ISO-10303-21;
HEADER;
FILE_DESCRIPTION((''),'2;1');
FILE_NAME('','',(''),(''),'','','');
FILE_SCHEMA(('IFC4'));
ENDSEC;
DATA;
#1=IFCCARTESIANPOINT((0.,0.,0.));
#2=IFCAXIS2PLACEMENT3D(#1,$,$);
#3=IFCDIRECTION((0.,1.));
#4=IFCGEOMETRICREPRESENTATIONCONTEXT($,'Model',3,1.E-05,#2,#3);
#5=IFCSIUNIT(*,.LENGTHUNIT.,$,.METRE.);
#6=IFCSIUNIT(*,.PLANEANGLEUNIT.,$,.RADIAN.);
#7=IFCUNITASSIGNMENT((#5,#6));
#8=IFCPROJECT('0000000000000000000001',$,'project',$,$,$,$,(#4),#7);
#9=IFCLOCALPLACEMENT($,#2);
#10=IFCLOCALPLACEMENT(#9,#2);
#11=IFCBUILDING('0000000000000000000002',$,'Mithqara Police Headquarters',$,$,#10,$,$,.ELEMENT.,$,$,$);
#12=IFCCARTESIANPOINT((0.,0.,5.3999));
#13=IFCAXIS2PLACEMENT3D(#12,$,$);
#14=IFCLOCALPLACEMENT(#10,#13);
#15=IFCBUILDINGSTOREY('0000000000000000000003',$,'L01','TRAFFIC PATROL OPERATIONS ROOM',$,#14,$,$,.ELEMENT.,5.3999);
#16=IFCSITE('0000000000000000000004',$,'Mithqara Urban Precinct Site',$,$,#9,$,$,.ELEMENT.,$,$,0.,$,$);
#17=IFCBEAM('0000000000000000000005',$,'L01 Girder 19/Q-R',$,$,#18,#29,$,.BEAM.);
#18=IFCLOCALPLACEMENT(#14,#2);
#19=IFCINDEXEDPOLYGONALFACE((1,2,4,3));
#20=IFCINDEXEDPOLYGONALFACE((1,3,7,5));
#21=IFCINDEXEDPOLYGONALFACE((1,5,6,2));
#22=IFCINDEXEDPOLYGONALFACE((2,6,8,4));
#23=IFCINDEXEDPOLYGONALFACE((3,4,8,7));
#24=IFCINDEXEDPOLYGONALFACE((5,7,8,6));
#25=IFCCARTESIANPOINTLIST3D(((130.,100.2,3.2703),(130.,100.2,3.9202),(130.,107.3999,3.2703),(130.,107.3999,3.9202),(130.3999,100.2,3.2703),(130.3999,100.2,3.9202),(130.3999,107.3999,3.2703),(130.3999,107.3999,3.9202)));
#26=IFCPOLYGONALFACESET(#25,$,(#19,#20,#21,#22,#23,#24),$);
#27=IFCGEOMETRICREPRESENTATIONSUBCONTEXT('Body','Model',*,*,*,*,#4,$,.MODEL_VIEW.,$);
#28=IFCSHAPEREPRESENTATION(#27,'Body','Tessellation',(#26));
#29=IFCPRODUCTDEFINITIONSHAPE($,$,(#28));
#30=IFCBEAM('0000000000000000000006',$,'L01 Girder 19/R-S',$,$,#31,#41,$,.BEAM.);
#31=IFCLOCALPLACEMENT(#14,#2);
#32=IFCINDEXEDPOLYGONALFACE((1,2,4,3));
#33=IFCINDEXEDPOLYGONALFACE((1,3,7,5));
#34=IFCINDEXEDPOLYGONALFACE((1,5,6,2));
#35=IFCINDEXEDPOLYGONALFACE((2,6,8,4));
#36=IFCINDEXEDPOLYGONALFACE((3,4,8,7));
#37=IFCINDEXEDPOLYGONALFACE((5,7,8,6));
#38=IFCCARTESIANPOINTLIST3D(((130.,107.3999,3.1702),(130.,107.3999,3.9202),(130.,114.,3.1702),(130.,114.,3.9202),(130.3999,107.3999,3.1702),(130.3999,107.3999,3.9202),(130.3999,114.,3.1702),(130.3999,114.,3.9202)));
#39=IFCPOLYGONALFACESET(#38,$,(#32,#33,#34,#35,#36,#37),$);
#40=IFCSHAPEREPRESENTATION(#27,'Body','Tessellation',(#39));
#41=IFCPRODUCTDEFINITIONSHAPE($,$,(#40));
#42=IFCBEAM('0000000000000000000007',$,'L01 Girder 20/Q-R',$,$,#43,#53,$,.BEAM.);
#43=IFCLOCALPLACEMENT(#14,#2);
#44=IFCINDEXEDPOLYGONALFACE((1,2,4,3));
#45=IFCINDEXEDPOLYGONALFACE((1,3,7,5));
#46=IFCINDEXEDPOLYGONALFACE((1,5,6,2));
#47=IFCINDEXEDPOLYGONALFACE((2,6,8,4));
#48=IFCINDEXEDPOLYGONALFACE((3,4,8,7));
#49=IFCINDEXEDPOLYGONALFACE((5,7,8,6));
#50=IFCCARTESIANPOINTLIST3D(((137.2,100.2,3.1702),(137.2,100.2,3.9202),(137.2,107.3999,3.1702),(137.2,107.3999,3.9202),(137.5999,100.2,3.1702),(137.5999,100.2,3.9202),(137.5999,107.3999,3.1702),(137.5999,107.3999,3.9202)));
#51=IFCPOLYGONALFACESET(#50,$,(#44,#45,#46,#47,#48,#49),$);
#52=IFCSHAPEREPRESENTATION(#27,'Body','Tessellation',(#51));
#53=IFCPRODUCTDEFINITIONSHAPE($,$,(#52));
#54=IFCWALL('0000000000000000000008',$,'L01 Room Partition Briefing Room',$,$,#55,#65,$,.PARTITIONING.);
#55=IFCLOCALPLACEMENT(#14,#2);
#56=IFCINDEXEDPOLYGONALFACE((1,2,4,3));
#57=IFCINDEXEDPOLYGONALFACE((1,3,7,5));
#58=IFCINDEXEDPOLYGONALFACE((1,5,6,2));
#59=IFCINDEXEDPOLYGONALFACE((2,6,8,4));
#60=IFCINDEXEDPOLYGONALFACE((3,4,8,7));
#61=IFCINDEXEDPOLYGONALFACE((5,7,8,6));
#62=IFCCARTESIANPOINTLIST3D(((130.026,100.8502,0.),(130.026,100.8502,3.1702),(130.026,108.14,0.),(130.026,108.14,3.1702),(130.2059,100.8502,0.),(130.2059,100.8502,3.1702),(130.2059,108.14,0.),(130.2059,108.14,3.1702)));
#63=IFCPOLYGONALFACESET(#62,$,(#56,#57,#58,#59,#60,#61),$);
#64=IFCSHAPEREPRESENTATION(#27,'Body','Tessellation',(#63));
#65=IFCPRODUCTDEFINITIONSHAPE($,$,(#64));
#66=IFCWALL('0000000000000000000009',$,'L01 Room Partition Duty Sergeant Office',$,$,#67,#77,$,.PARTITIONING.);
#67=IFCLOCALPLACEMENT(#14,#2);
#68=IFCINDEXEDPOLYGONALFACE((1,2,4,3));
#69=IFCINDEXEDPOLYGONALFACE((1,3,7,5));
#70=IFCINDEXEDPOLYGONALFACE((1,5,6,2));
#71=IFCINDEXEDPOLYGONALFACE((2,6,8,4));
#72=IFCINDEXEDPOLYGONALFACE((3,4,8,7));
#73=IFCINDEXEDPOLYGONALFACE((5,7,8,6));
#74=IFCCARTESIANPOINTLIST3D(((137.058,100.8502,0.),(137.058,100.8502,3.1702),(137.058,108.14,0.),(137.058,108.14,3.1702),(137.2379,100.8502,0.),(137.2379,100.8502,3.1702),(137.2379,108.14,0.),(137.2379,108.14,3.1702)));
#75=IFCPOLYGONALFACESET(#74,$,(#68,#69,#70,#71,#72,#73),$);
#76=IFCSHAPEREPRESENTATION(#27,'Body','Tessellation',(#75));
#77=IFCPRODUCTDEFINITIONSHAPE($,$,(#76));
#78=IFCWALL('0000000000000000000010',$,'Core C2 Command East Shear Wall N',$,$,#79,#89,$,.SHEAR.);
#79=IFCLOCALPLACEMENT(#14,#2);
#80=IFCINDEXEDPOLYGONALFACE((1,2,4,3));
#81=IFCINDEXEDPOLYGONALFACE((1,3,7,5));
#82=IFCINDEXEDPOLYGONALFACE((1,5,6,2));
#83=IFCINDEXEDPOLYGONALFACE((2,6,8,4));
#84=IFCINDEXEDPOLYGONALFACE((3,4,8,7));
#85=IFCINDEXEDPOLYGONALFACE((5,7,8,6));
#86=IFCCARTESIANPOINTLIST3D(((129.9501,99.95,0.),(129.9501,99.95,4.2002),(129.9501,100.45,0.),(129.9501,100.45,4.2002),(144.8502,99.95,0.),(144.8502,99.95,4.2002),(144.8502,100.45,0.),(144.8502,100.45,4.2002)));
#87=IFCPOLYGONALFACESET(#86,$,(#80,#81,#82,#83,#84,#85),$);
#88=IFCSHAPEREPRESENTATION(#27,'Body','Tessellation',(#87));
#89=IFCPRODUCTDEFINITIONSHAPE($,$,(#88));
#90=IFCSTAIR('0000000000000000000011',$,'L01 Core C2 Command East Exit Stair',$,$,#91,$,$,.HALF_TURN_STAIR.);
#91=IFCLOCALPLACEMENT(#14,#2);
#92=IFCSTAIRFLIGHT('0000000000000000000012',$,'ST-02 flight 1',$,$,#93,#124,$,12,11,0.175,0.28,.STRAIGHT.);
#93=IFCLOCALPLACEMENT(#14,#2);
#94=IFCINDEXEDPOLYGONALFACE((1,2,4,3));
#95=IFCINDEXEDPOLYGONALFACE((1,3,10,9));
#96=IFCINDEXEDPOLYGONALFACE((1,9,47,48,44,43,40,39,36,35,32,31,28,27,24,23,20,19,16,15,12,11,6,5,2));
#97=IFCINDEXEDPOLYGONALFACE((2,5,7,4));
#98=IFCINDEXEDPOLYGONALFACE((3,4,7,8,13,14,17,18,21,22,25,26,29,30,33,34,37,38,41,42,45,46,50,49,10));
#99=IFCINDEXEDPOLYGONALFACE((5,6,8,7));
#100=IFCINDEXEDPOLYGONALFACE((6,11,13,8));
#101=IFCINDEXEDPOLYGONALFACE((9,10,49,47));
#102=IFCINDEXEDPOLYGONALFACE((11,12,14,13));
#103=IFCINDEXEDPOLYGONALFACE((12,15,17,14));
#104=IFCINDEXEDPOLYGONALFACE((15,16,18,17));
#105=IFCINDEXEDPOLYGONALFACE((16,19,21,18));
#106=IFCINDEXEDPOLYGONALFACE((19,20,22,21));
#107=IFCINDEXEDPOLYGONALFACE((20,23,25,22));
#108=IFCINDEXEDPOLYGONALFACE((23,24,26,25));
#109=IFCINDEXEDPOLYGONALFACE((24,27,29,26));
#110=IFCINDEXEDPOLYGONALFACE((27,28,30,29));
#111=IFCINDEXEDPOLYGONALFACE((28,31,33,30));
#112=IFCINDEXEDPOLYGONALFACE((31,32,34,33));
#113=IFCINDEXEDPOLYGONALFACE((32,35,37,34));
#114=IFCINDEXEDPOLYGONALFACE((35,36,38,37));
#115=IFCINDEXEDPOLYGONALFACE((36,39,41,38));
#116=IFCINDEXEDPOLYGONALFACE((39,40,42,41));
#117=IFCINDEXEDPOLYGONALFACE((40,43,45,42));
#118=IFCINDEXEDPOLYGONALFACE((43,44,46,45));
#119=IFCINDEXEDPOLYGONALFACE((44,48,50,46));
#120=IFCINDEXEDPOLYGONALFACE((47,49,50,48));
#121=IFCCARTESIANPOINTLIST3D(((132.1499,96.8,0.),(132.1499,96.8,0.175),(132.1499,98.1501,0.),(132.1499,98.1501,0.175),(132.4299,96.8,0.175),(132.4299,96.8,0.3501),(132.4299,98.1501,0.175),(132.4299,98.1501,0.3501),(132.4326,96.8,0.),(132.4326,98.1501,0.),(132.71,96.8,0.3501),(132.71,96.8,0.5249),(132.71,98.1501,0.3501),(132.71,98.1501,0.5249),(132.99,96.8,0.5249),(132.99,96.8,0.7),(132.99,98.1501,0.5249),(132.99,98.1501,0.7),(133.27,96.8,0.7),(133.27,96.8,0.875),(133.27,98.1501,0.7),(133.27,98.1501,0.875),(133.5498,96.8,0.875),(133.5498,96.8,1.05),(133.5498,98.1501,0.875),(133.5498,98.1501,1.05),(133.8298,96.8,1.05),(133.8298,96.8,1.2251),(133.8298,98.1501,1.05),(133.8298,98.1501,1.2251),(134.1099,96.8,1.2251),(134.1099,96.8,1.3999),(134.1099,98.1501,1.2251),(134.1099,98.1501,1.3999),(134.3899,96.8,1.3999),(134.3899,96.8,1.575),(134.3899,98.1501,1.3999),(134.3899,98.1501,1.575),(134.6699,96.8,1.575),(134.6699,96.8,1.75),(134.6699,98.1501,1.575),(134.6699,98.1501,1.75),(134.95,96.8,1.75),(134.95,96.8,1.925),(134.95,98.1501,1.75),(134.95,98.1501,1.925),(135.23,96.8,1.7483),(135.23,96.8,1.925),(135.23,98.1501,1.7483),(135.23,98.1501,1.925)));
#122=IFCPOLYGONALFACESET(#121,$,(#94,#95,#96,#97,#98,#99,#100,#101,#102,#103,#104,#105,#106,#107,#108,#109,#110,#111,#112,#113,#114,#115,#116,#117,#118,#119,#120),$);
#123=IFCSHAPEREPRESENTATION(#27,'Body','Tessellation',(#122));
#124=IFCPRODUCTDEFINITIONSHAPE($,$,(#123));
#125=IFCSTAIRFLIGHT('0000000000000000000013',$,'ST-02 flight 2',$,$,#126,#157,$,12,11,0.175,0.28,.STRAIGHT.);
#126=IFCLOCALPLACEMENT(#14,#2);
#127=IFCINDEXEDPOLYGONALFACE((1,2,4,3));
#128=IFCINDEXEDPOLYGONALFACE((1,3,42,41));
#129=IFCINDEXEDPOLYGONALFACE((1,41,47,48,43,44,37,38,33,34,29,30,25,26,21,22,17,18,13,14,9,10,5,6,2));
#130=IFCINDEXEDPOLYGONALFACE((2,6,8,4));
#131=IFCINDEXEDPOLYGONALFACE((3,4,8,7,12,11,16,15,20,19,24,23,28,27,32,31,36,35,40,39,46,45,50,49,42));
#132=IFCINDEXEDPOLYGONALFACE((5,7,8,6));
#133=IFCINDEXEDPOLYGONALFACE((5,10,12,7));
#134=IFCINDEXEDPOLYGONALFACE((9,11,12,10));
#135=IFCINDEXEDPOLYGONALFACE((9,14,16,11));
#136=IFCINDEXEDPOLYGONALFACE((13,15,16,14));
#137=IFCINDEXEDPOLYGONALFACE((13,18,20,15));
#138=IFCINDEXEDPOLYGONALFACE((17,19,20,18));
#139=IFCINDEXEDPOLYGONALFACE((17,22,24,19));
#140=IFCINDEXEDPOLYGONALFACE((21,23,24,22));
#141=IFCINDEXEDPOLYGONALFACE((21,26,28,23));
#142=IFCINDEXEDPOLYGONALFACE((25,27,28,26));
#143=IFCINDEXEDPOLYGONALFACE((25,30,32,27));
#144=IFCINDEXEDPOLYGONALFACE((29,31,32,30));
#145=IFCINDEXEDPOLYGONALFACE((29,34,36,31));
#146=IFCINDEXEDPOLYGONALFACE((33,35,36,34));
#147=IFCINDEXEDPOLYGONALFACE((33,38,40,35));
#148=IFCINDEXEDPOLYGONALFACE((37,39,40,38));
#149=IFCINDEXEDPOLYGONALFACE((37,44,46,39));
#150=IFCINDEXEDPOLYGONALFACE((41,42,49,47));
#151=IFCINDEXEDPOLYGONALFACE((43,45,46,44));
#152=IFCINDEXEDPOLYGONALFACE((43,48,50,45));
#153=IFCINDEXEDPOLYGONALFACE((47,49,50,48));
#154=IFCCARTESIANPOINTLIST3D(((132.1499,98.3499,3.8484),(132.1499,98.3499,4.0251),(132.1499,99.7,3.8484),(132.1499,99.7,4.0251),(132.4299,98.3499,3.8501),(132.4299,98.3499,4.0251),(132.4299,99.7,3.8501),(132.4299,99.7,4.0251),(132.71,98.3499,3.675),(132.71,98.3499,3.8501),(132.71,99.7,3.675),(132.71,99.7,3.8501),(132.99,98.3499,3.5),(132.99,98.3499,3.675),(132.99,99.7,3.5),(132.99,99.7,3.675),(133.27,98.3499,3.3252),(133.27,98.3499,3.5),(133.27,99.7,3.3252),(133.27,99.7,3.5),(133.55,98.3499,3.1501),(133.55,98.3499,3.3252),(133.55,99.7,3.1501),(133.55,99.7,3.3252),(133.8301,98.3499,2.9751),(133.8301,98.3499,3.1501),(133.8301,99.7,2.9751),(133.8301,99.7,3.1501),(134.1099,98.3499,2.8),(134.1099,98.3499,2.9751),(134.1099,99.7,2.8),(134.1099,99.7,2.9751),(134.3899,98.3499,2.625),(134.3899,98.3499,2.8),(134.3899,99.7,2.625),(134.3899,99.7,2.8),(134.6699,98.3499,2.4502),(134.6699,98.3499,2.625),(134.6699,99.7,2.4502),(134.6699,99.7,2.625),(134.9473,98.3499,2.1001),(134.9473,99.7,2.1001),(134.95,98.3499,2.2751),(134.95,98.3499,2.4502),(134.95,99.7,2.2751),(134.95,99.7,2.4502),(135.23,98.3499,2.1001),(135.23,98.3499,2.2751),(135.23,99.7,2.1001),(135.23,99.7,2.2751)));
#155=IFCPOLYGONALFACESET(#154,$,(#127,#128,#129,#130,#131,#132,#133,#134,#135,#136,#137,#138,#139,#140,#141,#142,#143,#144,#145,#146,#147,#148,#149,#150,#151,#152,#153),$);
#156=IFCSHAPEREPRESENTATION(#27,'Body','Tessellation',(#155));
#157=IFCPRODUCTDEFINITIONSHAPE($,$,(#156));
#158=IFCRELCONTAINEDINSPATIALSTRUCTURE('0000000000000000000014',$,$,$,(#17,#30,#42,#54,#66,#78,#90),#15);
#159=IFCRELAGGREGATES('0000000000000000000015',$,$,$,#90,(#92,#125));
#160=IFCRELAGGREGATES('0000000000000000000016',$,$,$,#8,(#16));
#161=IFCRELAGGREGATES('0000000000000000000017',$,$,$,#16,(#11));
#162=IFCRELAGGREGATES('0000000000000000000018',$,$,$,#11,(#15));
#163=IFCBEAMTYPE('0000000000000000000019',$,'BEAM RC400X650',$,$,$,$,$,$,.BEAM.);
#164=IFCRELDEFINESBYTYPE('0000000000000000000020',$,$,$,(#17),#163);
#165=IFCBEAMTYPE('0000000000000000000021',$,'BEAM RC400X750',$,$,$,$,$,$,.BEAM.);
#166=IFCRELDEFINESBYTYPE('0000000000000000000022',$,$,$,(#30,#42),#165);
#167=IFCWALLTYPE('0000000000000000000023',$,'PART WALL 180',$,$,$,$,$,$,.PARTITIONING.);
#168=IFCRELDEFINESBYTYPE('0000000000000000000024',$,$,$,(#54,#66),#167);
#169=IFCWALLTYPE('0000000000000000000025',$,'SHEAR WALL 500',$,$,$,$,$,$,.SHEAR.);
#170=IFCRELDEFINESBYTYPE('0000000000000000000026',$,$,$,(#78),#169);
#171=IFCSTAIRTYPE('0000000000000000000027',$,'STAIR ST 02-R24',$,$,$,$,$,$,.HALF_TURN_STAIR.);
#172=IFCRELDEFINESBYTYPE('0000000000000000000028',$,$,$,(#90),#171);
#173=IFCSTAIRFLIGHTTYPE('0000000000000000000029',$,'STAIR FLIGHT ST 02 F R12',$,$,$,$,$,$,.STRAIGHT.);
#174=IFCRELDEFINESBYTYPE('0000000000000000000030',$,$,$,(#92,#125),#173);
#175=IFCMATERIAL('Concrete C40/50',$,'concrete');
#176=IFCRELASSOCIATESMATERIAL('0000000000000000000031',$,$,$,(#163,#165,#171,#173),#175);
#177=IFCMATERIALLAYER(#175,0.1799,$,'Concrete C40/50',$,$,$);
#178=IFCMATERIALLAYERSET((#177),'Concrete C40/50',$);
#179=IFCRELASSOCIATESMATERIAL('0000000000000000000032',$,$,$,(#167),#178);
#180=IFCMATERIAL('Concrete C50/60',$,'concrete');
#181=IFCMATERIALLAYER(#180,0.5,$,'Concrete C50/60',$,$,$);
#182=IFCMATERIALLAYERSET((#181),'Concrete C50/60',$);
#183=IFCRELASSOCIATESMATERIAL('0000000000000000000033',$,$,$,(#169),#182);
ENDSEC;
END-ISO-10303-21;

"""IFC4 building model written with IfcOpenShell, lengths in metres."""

from ifc_helpers import new_model, si_unit, direction, frame, frame_2d, origin, origin_2d, place, context, subcontext, project, spatial, polyline, rectangle, outline, extrude, material, layer, layer_set, material_profile, profile_set, type_object, element, aggregate, save


model = new_model("IFC4")

# Units and contexts
model_context = context("Model", 3, precision=1e-05, world=origin(), true_north=direction((0.0, 1.0)))
body_context = subcontext(model_context, "Body", "Model", "MODEL_VIEW")
ifc_project = project(units=[si_unit("LENGTHUNIT", "METRE"), si_unit("PLANEANGLEUNIT", "RADIAN")], contexts=[model_context])

# Site, building, storey
site_placement = place(None, origin())
site = spatial("IfcSite", under=ifc_project, at=site_placement, Name="Mithqara Urban Precinct Site", CompositionType="ELEMENT", RefElevation=0.0)
building_placement = place(site_placement, origin())
building = spatial("IfcBuilding", under=site, at=building_placement, Name="Mithqara Police Headquarters", CompositionType="ELEMENT")
storey_placement = place(building_placement, frame((0.0, 0.0, 5.3999)))
storey = spatial("IfcBuildingStorey", under=building, at=storey_placement, Name="L01", Description="TRAFFIC PATROL OPERATIONS ROOM", CompositionType="ELEMENT", Elevation=5.3999)

# Shared definitions
ifc_material_1 = material(Name="Concrete C50/60", Category="concrete")

# Beams
ifc_material_2 = material(Name="Concrete C40/50", Category="concrete")
ifc_material_profile_1 = material_profile(ifc_material_2, rectangle(XDim=0.3999, YDim=0.6499, at=origin_2d()), Name="RC 400x650")
ifc_profile_set_1 = profile_set([ifc_material_profile_1], Name="Concrete C40/50")
beam_type_1 = type_object("IfcBeamType", Name="BEAM RC400X650", PredefinedType="BEAM", material=ifc_profile_set_1)
beam_1_placement = place(storey_placement, frame((130.2, 100.2, 3.5952), z_axis=(0.0, 1.0, 0.0), x_axis=(-1.0, 0.0, 0.0)))
element("IfcBeam", 1, at=beam_1_placement, inside=storey, type_object=beam_type_1, Name="L01 Girder 19/Q-R", PredefinedType="BEAM", context=body_context, shape_type="SweptSolid", body=[
    extrude(rectangle(XDim=0.3999, YDim=0.6499, at=origin_2d()), origin(), (0.0, 0.0, 1.0), 7.2),
])
ifc_material_profile_2 = material_profile(ifc_material_2, rectangle(XDim=0.3999, YDim=0.75, at=origin_2d()), Name="RC 400x750")
ifc_profile_set_2 = profile_set([ifc_material_profile_2], Name="Concrete C40/50")
beam_type_2 = type_object("IfcBeamType", Name="BEAM RC400X750", PredefinedType="BEAM", material=ifc_profile_set_2)
beam_2_placement = place(storey_placement, frame((130.2, 107.3999, 3.5452), z_axis=(0.0, 1.0, 0.0), x_axis=(-1.0, 0.0, 0.0)))
element("IfcBeam", 2, at=beam_2_placement, inside=storey, type_object=beam_type_2, Name="L01 Girder 19/R-S", PredefinedType="BEAM", context=body_context, shape_type="SweptSolid", body=[
    extrude(rectangle(XDim=0.3999, YDim=0.75, at=origin_2d()), origin(), (0.0, 0.0, 1.0), 6.6001),
])
beam_3_placement = place(storey_placement, frame((137.3999, 100.2, 3.5452), z_axis=(0.0, 1.0, 0.0), x_axis=(-1.0, 0.0, 0.0)))
element("IfcBeam", 3, at=beam_3_placement, inside=storey, type_object=beam_type_2, Name="L01 Girder 20/Q-R", PredefinedType="BEAM", context=body_context, shape_type="SweptSolid", body=[
    extrude(rectangle(XDim=0.3999, YDim=0.75, at=origin_2d()), origin(), (0.0, 0.0, 1.0), 7.2),
])

# Walls
ifc_layer_1 = layer(ifc_material_2, 0.1799, Name="Concrete C40/50")
ifc_layer_set_1 = layer_set([ifc_layer_1], Name="Concrete C40/50")
wall_type_1 = type_object("IfcWallType", Name="PART WALL 180", PredefinedType="PARTITIONING", material=ifc_layer_set_1)
for number, where, z_axis, x_axis, name in (
    (4, (130.116, 100.8501, 0.0), (0.0, 0.0, 1.0), (0.0, 1.0, 0.0), "L01 Room Partition Briefing Room"),
    (5, (137.1479, 100.8501, 0.0), (0.0, 0.0, 1.0), (0.0, 1.0, 0.0), "L01 Room Partition Duty Sergeant Office"),
):
    element("IfcWall", number, at=place(storey_placement, frame(where, z_axis=z_axis, x_axis=x_axis)), inside=storey, type_object=wall_type_1, Name=name, PredefinedType="PARTITIONING", context=body_context, shape_type="SweptSolid", body=[
        extrude(rectangle(XDim=7.2898, YDim=0.1799, at=frame_2d((3.645, 0.0))), origin(), (0.0, 0.0, 1.0), 3.1702),
    ])
ifc_layer_2 = layer(ifc_material_1, 0.5, Name="Concrete C50/60")
ifc_layer_set_2 = layer_set([ifc_layer_2], Name="Concrete C50/60")
wall_type_2 = type_object("IfcWallType", Name="SHEAR WALL 500", PredefinedType="SHEAR", material=ifc_layer_set_2)
wall_placement = place(storey_placement, frame((129.95, 100.2, 0.0), z_axis=(0.0, 0.0, 1.0), x_axis=(1.0, 0.0, 0.0)))
element("IfcWall", 6, at=wall_placement, inside=storey, type_object=wall_type_2, Name="Core C2 Command East Shear Wall N", PredefinedType="SHEAR", context=body_context, shape_type="SweptSolid", body=[
    extrude(rectangle(XDim=14.9001, YDim=0.5, at=frame_2d((7.4502, 0.0))), origin(), (0.0, 0.0, 1.0), 4.2002),
])

# Stair, stair flights
stair_type = type_object("IfcStairType", Name="STAIR ST 02-R24", PredefinedType="HALF_TURN_STAIR", material=ifc_material_2)
stair_placement = place(storey_placement, origin())
stair = element("IfcStair", 7, at=stair_placement, inside=storey, type_object=stair_type, Name="L01 Core C2 Command East Exit Stair", PredefinedType="HALF_TURN_STAIR")
stair_flight_type = type_object("IfcStairFlightType", Name="STAIR FLIGHT ST 02 F R12", PredefinedType="STRAIGHT", material=ifc_material_2)
stair_flight_1_placement = place(storey_placement, frame((132.1499, 97.4751, 0.0), z_axis=(0.0, 0.0, 1.0), x_axis=(1.0, 0.0, 0.0)))
stair_flight_1 = element("IfcStairFlight", 8, at=stair_flight_1_placement, type_object=stair_flight_type, Name="ST-02 flight 1", NumberOfRisers=12, NumberOfTreads=11, PredefinedType="STRAIGHT", RiserHeight=0.175, TreadLength=0.28, context=body_context, shape_type="SweptSolid", body=[
    extrude(outline(polyline([(0.0, 0.0), (0.0, 0.175), (0.28, 0.175), (0.28, 0.3501), (0.5601, 0.3501), (0.5601, 0.5249), (0.8401, 0.5249), (0.8401, 0.7), (1.1201, 0.7), (1.1201, 0.875), (1.3999, 0.875), (1.3999, 1.05), (1.6799, 1.05), (1.6799, 1.2251), (1.96, 1.2251), (1.96, 1.3999), (2.24, 1.3999), (2.24, 1.575), (2.52, 1.575), (2.52, 1.75), (2.8, 1.75), (2.8, 1.925), (3.0801, 1.925), (3.0801, 2.1001), (3.0801, 1.7483), (0.2827, 0.0), (0.0, 0.0)])), frame((0.0, 0.675, 0.0), z_axis=(0.0, -1.0, 0.0), x_axis=(1.0, 0.0, 0.0)), (0.0, 0.0, 1.0), 1.3501),
])
stair_flight_2_placement = place(storey_placement, frame((135.23, 99.0249, 2.1001), z_axis=(0.0, 0.0, 1.0), x_axis=(-1.0, 0.0, 0.0)))
stair_flight_2 = element("IfcStairFlight", 9, at=stair_flight_2_placement, type_object=stair_flight_type, Name="ST-02 flight 2", NumberOfRisers=12, NumberOfTreads=11, PredefinedType="STRAIGHT", RiserHeight=0.175, TreadLength=0.28, context=body_context, shape_type="SweptSolid", body=[
    extrude(outline(polyline([(0.0, 0.0), (0.0, 0.175), (0.28, 0.175), (0.28, 0.3501), (0.5601, 0.3501), (0.5601, 0.5249), (0.8401, 0.5249), (0.8401, 0.7), (1.1201, 0.7), (1.1201, 0.875), (1.3999, 0.875), (1.3999, 1.05), (1.6799, 1.05), (1.6799, 1.2251), (1.96, 1.2251), (1.96, 1.3999), (2.24, 1.3999), (2.24, 1.575), (2.52, 1.575), (2.52, 1.75), (2.8, 1.75), (2.8, 1.925), (3.0801, 1.925), (3.0801, 2.1001), (3.0801, 1.7483), (0.2827, 0.0), (0.0, 0.0)])), frame((0.0, 0.675, 0.0), z_axis=(0.0, -1.0, 0.0), x_axis=(1.0, 0.0, 0.0)), (0.0, 0.0, 1.0), 1.3501),
])
aggregate(stair, [stair_flight_1, stair_flight_2])

save(model, "model.ifc")
